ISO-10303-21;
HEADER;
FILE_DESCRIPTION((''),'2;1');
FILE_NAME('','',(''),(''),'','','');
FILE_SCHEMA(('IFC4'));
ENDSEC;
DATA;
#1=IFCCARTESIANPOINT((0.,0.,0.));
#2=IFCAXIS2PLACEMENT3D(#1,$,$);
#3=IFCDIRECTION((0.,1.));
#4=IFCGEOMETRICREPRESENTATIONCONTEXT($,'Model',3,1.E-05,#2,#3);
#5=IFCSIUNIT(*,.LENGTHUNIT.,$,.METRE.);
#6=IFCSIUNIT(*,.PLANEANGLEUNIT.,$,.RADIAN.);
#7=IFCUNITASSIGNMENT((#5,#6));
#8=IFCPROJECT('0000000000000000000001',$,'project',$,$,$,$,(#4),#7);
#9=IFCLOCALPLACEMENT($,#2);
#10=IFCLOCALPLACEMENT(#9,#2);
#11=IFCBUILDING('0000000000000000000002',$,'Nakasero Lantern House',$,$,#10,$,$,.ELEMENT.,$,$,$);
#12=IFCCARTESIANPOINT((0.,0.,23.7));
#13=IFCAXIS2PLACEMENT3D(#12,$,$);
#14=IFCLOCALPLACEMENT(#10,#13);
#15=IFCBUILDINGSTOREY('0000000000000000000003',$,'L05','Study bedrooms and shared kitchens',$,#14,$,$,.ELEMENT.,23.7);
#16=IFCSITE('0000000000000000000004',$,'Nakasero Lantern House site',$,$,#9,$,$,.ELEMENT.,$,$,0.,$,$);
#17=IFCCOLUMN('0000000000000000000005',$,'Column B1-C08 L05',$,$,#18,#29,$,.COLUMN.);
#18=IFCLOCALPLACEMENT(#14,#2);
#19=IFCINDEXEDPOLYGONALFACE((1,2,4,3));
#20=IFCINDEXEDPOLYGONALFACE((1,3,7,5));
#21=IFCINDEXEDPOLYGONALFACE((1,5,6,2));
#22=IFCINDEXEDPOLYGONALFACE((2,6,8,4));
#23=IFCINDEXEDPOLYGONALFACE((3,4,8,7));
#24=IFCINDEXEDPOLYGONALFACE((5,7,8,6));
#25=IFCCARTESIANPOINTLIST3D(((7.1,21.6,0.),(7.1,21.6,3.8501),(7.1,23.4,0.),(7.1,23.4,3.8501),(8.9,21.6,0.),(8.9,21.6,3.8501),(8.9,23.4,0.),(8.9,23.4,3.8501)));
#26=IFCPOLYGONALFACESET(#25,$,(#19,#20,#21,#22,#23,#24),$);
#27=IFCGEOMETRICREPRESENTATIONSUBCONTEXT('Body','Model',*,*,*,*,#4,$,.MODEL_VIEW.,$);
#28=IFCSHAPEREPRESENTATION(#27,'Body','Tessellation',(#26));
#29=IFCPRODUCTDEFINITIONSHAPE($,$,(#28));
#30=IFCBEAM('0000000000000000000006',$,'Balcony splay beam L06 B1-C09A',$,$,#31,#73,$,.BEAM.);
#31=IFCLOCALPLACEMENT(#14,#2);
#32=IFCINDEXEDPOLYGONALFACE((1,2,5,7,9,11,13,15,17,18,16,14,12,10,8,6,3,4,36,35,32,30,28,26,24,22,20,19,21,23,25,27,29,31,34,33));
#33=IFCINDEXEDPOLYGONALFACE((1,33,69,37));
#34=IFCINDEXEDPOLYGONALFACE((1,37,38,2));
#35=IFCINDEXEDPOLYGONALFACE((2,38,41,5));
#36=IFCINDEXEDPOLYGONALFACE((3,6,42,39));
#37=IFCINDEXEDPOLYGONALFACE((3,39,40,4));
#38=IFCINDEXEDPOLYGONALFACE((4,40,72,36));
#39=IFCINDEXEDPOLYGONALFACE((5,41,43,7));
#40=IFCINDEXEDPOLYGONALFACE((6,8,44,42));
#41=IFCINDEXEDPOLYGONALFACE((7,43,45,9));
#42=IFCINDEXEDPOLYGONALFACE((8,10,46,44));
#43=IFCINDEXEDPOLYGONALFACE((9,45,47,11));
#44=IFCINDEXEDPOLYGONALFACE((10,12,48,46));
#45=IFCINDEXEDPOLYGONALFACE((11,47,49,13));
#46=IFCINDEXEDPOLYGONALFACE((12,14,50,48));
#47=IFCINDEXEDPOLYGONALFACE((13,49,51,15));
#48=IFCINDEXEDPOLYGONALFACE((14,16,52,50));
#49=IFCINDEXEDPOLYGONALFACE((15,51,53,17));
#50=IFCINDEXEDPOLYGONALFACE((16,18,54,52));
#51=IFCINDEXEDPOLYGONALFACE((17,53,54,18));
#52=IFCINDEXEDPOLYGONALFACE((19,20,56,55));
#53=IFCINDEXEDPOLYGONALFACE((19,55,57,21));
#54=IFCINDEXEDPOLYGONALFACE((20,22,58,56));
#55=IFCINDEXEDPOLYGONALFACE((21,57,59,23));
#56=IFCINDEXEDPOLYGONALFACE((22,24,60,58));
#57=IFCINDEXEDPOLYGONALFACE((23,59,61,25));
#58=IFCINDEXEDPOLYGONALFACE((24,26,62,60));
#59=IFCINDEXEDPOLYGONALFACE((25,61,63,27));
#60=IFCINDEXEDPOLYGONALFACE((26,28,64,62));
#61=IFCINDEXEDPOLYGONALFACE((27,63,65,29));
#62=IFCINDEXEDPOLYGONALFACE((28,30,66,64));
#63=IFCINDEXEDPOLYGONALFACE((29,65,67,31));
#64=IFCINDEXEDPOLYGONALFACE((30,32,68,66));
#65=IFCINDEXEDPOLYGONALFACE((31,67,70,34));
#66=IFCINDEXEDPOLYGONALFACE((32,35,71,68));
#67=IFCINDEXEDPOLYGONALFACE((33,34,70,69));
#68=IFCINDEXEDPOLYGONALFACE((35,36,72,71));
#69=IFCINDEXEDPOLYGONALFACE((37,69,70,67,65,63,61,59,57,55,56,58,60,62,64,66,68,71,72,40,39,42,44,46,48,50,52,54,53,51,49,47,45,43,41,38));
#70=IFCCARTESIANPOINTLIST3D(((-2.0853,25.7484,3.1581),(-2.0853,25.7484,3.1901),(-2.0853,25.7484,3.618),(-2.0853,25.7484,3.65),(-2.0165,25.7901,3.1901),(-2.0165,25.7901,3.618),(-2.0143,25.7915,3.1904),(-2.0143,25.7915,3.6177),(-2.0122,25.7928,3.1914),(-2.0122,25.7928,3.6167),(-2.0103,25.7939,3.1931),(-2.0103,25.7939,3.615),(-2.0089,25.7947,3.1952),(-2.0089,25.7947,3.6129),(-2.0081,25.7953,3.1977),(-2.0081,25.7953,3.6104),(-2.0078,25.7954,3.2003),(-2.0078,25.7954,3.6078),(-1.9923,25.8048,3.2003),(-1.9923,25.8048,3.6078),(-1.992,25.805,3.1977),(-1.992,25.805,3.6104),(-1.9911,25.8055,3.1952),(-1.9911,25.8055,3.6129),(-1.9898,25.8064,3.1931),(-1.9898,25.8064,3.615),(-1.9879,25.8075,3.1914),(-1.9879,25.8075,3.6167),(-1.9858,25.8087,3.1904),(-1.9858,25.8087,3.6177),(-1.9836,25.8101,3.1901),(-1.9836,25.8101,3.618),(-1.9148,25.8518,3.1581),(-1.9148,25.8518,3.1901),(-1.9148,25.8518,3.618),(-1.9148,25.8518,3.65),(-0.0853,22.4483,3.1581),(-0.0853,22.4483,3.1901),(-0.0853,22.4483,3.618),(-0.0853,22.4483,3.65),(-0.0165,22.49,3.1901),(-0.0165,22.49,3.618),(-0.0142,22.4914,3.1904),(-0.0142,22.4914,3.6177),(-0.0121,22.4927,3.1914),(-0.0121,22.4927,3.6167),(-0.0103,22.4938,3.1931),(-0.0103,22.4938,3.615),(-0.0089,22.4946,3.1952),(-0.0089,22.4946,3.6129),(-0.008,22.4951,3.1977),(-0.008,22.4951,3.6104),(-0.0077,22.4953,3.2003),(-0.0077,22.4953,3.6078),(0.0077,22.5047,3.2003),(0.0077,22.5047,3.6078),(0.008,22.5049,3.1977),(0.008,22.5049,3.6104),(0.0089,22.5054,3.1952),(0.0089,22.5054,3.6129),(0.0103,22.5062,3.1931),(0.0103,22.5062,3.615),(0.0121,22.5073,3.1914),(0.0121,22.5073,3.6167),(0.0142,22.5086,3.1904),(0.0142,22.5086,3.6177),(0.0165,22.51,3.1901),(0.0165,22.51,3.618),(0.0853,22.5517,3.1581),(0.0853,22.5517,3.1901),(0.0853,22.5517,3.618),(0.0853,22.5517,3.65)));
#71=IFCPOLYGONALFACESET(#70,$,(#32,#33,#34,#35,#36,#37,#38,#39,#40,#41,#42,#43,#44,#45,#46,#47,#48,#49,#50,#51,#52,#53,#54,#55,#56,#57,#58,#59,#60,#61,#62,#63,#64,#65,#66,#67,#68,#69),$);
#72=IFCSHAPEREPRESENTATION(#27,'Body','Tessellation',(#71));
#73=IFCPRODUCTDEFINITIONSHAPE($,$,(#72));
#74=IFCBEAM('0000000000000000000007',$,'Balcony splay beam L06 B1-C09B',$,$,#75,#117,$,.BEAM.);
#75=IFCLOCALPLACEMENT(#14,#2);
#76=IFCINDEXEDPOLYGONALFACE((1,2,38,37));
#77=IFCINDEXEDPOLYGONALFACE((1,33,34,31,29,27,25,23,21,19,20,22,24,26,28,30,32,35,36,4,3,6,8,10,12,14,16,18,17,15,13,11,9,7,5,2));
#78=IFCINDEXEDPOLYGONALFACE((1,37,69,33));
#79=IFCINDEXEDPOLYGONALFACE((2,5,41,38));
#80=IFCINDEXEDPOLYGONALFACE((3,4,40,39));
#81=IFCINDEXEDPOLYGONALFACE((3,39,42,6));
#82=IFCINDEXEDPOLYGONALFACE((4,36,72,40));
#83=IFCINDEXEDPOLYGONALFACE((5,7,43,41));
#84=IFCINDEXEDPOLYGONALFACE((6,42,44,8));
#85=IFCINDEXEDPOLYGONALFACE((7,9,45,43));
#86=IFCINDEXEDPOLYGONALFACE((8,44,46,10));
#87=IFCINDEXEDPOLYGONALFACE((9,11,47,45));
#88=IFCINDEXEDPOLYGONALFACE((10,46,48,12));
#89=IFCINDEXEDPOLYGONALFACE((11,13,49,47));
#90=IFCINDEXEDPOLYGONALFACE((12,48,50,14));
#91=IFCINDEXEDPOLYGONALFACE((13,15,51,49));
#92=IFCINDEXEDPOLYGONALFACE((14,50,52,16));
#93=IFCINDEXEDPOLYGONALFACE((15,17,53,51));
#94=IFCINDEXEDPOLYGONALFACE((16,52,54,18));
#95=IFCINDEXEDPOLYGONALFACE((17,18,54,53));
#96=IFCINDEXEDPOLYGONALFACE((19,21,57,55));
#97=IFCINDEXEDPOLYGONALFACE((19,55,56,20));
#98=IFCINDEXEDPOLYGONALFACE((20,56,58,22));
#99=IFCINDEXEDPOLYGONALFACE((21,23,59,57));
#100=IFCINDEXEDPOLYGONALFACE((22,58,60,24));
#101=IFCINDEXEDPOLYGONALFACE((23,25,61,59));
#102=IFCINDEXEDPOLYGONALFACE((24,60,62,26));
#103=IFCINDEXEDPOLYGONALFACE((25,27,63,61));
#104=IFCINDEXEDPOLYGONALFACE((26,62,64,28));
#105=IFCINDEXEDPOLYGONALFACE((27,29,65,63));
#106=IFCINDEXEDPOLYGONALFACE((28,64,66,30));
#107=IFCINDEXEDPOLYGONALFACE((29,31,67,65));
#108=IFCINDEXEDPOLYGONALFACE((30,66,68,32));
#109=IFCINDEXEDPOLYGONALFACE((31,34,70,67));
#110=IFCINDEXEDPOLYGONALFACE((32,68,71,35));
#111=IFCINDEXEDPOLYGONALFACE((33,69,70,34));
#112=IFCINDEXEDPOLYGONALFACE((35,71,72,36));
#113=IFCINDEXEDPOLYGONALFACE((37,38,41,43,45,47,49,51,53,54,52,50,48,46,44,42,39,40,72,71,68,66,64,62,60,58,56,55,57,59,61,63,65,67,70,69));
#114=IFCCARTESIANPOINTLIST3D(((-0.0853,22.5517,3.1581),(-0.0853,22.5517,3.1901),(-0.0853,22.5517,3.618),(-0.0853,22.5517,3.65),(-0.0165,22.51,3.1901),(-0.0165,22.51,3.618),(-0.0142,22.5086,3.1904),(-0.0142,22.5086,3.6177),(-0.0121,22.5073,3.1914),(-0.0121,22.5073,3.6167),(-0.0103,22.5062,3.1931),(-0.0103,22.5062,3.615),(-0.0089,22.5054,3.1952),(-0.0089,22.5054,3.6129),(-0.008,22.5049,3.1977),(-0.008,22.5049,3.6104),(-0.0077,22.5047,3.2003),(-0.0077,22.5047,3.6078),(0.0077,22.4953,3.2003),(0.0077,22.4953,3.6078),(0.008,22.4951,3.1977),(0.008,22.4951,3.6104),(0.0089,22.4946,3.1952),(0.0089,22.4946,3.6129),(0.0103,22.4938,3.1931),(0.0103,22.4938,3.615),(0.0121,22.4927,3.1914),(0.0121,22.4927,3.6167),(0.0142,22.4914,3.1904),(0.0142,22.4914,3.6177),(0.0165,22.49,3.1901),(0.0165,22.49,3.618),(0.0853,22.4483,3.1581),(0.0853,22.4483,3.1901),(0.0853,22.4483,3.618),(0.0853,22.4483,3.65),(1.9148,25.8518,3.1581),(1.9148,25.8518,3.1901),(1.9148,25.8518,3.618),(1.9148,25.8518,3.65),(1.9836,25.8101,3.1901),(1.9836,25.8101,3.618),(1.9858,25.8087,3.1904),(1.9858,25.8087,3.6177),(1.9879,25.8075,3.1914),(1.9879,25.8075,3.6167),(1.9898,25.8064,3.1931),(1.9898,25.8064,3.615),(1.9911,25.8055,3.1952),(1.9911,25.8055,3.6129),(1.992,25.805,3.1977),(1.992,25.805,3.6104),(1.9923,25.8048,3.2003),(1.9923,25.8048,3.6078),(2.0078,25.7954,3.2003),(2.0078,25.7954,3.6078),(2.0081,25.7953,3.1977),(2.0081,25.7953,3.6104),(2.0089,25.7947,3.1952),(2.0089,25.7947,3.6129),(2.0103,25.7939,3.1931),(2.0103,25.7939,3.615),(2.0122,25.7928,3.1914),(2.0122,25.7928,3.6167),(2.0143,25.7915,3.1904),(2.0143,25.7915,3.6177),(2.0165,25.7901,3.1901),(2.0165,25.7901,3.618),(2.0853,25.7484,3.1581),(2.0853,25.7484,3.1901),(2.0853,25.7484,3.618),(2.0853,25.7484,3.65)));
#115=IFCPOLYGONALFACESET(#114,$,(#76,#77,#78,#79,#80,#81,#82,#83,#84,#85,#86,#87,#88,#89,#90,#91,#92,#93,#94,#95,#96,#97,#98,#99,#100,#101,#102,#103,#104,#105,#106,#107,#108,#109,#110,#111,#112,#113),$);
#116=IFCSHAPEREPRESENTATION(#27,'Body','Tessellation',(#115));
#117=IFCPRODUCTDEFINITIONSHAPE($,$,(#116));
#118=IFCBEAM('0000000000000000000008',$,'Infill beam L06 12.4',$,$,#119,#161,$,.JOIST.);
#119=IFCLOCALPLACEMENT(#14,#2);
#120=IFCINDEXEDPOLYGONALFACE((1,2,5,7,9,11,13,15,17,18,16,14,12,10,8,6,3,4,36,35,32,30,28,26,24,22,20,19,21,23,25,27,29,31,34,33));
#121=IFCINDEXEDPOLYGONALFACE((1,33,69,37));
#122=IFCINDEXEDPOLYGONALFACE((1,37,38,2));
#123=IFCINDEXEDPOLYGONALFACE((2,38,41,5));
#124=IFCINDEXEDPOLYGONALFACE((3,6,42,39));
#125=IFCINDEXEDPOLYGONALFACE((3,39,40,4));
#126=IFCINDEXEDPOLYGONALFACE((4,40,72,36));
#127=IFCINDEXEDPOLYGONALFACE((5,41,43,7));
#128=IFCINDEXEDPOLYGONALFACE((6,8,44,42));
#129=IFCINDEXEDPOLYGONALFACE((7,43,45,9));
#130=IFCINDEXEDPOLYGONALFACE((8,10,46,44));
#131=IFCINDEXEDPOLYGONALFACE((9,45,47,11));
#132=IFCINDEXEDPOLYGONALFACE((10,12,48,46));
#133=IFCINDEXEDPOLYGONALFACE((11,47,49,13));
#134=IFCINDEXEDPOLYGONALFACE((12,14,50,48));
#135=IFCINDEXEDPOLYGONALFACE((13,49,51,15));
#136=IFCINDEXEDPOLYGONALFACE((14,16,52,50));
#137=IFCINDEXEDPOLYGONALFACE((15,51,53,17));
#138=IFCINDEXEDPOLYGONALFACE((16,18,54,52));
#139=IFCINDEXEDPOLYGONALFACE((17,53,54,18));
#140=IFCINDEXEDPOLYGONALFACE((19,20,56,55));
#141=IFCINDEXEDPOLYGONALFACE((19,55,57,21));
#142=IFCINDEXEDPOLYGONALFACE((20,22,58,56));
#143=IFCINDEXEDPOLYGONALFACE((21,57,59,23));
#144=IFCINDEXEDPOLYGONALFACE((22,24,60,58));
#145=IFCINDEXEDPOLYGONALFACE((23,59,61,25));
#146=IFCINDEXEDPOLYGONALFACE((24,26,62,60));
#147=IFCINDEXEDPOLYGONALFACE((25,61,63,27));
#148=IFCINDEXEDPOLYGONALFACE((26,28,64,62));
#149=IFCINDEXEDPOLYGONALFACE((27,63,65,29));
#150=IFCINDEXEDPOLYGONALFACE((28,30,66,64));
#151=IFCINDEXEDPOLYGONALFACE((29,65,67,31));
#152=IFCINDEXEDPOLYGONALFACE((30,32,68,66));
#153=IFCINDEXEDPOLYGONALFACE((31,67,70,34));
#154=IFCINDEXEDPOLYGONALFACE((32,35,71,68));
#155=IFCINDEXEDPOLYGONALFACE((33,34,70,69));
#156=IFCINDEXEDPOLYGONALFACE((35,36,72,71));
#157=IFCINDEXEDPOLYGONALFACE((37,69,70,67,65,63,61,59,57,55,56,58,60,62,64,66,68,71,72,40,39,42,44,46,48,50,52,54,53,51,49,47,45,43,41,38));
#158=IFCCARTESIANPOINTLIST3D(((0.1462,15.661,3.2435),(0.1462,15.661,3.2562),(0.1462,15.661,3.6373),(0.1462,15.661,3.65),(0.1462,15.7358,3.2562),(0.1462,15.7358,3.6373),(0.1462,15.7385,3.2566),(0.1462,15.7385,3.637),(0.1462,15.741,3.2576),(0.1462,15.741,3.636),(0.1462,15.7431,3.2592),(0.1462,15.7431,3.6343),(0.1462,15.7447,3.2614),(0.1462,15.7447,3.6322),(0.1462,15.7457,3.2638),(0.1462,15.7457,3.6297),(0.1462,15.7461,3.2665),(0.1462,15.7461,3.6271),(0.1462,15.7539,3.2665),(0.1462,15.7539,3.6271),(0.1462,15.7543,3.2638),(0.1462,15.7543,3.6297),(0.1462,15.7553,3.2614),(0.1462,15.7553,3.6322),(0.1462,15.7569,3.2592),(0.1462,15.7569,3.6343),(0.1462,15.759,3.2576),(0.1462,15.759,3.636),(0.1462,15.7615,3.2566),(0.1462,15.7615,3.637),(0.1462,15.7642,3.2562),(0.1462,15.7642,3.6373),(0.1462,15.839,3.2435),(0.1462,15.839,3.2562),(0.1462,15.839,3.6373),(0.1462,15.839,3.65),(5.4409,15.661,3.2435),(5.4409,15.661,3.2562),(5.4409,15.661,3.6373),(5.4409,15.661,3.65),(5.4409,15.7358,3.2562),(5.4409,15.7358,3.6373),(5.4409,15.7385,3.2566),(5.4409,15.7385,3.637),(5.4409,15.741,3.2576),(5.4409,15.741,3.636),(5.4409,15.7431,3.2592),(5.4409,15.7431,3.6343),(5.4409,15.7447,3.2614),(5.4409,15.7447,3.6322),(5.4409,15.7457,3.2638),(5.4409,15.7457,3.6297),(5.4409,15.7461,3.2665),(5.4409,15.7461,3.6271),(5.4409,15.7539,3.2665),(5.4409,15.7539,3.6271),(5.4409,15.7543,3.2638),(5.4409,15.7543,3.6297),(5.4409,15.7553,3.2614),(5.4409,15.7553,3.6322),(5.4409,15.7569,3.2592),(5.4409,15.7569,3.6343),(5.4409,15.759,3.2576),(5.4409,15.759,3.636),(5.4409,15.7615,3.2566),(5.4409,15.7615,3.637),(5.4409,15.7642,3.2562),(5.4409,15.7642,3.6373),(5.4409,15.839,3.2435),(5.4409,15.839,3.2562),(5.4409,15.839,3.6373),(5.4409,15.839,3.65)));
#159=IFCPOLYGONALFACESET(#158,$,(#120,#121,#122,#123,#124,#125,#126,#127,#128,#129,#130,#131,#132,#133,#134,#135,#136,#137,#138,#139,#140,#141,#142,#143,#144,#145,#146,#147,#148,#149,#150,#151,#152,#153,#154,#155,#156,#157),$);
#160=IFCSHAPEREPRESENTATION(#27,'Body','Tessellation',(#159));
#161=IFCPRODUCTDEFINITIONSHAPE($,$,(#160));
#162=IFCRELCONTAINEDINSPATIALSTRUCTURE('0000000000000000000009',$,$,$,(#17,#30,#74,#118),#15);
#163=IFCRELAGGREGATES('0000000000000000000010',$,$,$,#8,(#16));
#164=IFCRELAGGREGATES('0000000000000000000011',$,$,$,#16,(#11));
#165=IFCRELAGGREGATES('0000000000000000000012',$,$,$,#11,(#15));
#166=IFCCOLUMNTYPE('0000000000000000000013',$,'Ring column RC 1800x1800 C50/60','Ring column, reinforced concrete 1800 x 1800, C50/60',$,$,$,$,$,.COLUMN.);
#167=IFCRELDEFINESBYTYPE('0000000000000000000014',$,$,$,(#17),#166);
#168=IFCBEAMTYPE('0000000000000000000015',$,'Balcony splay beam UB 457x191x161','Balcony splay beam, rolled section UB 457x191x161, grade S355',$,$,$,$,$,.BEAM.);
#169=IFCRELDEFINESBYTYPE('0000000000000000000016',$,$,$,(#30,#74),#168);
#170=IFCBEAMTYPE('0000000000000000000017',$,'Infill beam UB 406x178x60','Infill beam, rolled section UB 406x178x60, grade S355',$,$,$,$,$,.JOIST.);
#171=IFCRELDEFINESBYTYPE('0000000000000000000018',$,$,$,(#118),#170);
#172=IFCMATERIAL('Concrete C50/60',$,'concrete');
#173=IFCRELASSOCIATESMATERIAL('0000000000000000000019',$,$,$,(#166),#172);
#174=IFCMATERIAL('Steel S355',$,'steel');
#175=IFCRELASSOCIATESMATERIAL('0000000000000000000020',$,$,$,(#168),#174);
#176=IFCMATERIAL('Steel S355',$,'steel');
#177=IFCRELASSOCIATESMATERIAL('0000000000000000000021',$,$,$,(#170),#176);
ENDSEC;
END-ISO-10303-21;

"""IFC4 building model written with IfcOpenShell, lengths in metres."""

from ifc_helpers import new_model, si_unit, direction, frame, origin, origin_2d, place, context, subcontext, project, spatial, rectangle, i_section, extrude, material, material_profile, profile_set, type_object, element, save


model = new_model("IFC4")

# Units and contexts
model_context = context("Model", 3, precision=1e-05, world=origin(), true_north=direction((0.0, 1.0)))
body_context = subcontext(model_context, "Body", "Model", "MODEL_VIEW")
ifc_project = project(units=[si_unit("LENGTHUNIT", "METRE"), si_unit("PLANEANGLEUNIT", "RADIAN")], contexts=[model_context])

# Site, building, storey
site_placement = place(None, origin())
site = spatial("IfcSite", under=ifc_project, at=site_placement, Name="Nakasero Lantern House site", CompositionType="ELEMENT", RefElevation=0.0)
building_placement = place(site_placement, origin())
building = spatial("IfcBuilding", under=site, at=building_placement, Name="Nakasero Lantern House", CompositionType="ELEMENT")
storey_placement = place(building_placement, frame((0.0, 0.0, 23.7)))
storey = spatial("IfcBuildingStorey", under=building, at=storey_placement, Name="L05", Description="Study bedrooms and shared kitchens", CompositionType="ELEMENT", Elevation=23.7)

# Column
ifc_material_1 = material(Name="Concrete C50/60", Category="concrete")
ifc_material_profile_1 = material_profile(ifc_material_1, rectangle(XDim=1.8, YDim=1.8, at=origin_2d()), Name="RC 1800x1800")
ifc_profile_set_1 = profile_set([ifc_material_profile_1], Name="Concrete C50/60")
column_type = type_object("IfcColumnType", Name="Ring column RC 1800x1800 C50/60", Description="Ring column, reinforced concrete 1800 x 1800, C50/60", PredefinedType="COLUMN", material=ifc_profile_set_1)
column_placement = place(storey_placement, frame((8.0, 22.5, 0.0), z_axis=(0.0, 0.0, 1.0), x_axis=(1.0, 0.0, 0.0)))
element("IfcColumn", 1, at=column_placement, inside=storey, type_object=column_type, Name="Column B1-C08 L05", PredefinedType="COLUMN", context=body_context, shape_type="SweptSolid", body=[
    extrude(rectangle(XDim=1.8, YDim=1.8, at=origin_2d()), origin(), (0.0, 0.0, 1.0), 3.8501),
])

# Beams
ifc_material_2 = material(Name="Steel S355", Category="steel")
ifc_material_profile_2 = material_profile(ifc_material_2, i_section(OverallWidth=0.1995, OverallDepth=0.4919, WebThickness=0.0181, FlangeThickness=0.032, FilletRadius=0.0103, at=origin_2d()), Name="UB 457x191x161")
ifc_profile_set_2 = profile_set([ifc_material_profile_2], Name="Steel S355")
beam_type_1 = type_object("IfcBeamType", Name="Balcony splay beam UB 457x191x161", Description="Balcony splay beam, rolled section UB 457x191x161, grade S355", PredefinedType="BEAM", material=ifc_profile_set_2)
for number, where, z_axis, x_axis, name in (
    (2, (0.0, 22.5, 3.4041), (-0.518296, 0.855201, 0.0), (-0.855201, -0.518296, 0.0), "Balcony splay beam L06 B1-C09A"),
    (3, (0.0, 22.5, 3.4041), (0.518296, 0.855201, 0.0), (-0.855201, 0.518296, 0.0), "Balcony splay beam L06 B1-C09B"),
):
    element("IfcBeam", number, at=place(storey_placement, frame(where, z_axis=z_axis, x_axis=x_axis)), inside=storey, type_object=beam_type_1, Name=name, PredefinedType="BEAM", context=body_context, shape_type="SweptSolid", body=[
        extrude(i_section(OverallWidth=0.1995, OverallDepth=0.4919, WebThickness=0.0181, FlangeThickness=0.032, FilletRadius=0.0103, at=origin_2d()), origin(), (0.0, 0.0, 1.0), 3.8589),
    ])
ifc_material_3 = material(Name="Steel S355", Category="steel")
ifc_material_profile_3 = material_profile(ifc_material_3, i_section(OverallWidth=0.178, OverallDepth=0.4065, WebThickness=0.0078, FlangeThickness=0.0127, FilletRadius=0.0103, at=origin_2d()), Name="UB 406x178x60")
ifc_profile_set_3 = profile_set([ifc_material_profile_3], Name="Steel S355")
beam_type_2 = type_object("IfcBeamType", Name="Infill beam UB 406x178x60", Description="Infill beam, rolled section UB 406x178x60, grade S355", PredefinedType="JOIST", material=ifc_profile_set_3)
beam_1_placement = place(storey_placement, frame((0.1462, 15.75, 3.4468), z_axis=(1.0, 0.0, 0.0), x_axis=(0.0, 1.0, 0.0)))
element("IfcBeam", 4, at=beam_1_placement, inside=storey, type_object=beam_type_2, Name="Infill beam L06 12.4", PredefinedType="JOIST", context=body_context, shape_type="SweptSolid", body=[
    extrude(i_section(OverallWidth=0.178, OverallDepth=0.4065, WebThickness=0.0078, FlangeThickness=0.0127, FilletRadius=0.0103, at=origin_2d()), origin(), (0.0, 0.0, 1.0), 5.2947),
])

save(model, "model.ifc")
